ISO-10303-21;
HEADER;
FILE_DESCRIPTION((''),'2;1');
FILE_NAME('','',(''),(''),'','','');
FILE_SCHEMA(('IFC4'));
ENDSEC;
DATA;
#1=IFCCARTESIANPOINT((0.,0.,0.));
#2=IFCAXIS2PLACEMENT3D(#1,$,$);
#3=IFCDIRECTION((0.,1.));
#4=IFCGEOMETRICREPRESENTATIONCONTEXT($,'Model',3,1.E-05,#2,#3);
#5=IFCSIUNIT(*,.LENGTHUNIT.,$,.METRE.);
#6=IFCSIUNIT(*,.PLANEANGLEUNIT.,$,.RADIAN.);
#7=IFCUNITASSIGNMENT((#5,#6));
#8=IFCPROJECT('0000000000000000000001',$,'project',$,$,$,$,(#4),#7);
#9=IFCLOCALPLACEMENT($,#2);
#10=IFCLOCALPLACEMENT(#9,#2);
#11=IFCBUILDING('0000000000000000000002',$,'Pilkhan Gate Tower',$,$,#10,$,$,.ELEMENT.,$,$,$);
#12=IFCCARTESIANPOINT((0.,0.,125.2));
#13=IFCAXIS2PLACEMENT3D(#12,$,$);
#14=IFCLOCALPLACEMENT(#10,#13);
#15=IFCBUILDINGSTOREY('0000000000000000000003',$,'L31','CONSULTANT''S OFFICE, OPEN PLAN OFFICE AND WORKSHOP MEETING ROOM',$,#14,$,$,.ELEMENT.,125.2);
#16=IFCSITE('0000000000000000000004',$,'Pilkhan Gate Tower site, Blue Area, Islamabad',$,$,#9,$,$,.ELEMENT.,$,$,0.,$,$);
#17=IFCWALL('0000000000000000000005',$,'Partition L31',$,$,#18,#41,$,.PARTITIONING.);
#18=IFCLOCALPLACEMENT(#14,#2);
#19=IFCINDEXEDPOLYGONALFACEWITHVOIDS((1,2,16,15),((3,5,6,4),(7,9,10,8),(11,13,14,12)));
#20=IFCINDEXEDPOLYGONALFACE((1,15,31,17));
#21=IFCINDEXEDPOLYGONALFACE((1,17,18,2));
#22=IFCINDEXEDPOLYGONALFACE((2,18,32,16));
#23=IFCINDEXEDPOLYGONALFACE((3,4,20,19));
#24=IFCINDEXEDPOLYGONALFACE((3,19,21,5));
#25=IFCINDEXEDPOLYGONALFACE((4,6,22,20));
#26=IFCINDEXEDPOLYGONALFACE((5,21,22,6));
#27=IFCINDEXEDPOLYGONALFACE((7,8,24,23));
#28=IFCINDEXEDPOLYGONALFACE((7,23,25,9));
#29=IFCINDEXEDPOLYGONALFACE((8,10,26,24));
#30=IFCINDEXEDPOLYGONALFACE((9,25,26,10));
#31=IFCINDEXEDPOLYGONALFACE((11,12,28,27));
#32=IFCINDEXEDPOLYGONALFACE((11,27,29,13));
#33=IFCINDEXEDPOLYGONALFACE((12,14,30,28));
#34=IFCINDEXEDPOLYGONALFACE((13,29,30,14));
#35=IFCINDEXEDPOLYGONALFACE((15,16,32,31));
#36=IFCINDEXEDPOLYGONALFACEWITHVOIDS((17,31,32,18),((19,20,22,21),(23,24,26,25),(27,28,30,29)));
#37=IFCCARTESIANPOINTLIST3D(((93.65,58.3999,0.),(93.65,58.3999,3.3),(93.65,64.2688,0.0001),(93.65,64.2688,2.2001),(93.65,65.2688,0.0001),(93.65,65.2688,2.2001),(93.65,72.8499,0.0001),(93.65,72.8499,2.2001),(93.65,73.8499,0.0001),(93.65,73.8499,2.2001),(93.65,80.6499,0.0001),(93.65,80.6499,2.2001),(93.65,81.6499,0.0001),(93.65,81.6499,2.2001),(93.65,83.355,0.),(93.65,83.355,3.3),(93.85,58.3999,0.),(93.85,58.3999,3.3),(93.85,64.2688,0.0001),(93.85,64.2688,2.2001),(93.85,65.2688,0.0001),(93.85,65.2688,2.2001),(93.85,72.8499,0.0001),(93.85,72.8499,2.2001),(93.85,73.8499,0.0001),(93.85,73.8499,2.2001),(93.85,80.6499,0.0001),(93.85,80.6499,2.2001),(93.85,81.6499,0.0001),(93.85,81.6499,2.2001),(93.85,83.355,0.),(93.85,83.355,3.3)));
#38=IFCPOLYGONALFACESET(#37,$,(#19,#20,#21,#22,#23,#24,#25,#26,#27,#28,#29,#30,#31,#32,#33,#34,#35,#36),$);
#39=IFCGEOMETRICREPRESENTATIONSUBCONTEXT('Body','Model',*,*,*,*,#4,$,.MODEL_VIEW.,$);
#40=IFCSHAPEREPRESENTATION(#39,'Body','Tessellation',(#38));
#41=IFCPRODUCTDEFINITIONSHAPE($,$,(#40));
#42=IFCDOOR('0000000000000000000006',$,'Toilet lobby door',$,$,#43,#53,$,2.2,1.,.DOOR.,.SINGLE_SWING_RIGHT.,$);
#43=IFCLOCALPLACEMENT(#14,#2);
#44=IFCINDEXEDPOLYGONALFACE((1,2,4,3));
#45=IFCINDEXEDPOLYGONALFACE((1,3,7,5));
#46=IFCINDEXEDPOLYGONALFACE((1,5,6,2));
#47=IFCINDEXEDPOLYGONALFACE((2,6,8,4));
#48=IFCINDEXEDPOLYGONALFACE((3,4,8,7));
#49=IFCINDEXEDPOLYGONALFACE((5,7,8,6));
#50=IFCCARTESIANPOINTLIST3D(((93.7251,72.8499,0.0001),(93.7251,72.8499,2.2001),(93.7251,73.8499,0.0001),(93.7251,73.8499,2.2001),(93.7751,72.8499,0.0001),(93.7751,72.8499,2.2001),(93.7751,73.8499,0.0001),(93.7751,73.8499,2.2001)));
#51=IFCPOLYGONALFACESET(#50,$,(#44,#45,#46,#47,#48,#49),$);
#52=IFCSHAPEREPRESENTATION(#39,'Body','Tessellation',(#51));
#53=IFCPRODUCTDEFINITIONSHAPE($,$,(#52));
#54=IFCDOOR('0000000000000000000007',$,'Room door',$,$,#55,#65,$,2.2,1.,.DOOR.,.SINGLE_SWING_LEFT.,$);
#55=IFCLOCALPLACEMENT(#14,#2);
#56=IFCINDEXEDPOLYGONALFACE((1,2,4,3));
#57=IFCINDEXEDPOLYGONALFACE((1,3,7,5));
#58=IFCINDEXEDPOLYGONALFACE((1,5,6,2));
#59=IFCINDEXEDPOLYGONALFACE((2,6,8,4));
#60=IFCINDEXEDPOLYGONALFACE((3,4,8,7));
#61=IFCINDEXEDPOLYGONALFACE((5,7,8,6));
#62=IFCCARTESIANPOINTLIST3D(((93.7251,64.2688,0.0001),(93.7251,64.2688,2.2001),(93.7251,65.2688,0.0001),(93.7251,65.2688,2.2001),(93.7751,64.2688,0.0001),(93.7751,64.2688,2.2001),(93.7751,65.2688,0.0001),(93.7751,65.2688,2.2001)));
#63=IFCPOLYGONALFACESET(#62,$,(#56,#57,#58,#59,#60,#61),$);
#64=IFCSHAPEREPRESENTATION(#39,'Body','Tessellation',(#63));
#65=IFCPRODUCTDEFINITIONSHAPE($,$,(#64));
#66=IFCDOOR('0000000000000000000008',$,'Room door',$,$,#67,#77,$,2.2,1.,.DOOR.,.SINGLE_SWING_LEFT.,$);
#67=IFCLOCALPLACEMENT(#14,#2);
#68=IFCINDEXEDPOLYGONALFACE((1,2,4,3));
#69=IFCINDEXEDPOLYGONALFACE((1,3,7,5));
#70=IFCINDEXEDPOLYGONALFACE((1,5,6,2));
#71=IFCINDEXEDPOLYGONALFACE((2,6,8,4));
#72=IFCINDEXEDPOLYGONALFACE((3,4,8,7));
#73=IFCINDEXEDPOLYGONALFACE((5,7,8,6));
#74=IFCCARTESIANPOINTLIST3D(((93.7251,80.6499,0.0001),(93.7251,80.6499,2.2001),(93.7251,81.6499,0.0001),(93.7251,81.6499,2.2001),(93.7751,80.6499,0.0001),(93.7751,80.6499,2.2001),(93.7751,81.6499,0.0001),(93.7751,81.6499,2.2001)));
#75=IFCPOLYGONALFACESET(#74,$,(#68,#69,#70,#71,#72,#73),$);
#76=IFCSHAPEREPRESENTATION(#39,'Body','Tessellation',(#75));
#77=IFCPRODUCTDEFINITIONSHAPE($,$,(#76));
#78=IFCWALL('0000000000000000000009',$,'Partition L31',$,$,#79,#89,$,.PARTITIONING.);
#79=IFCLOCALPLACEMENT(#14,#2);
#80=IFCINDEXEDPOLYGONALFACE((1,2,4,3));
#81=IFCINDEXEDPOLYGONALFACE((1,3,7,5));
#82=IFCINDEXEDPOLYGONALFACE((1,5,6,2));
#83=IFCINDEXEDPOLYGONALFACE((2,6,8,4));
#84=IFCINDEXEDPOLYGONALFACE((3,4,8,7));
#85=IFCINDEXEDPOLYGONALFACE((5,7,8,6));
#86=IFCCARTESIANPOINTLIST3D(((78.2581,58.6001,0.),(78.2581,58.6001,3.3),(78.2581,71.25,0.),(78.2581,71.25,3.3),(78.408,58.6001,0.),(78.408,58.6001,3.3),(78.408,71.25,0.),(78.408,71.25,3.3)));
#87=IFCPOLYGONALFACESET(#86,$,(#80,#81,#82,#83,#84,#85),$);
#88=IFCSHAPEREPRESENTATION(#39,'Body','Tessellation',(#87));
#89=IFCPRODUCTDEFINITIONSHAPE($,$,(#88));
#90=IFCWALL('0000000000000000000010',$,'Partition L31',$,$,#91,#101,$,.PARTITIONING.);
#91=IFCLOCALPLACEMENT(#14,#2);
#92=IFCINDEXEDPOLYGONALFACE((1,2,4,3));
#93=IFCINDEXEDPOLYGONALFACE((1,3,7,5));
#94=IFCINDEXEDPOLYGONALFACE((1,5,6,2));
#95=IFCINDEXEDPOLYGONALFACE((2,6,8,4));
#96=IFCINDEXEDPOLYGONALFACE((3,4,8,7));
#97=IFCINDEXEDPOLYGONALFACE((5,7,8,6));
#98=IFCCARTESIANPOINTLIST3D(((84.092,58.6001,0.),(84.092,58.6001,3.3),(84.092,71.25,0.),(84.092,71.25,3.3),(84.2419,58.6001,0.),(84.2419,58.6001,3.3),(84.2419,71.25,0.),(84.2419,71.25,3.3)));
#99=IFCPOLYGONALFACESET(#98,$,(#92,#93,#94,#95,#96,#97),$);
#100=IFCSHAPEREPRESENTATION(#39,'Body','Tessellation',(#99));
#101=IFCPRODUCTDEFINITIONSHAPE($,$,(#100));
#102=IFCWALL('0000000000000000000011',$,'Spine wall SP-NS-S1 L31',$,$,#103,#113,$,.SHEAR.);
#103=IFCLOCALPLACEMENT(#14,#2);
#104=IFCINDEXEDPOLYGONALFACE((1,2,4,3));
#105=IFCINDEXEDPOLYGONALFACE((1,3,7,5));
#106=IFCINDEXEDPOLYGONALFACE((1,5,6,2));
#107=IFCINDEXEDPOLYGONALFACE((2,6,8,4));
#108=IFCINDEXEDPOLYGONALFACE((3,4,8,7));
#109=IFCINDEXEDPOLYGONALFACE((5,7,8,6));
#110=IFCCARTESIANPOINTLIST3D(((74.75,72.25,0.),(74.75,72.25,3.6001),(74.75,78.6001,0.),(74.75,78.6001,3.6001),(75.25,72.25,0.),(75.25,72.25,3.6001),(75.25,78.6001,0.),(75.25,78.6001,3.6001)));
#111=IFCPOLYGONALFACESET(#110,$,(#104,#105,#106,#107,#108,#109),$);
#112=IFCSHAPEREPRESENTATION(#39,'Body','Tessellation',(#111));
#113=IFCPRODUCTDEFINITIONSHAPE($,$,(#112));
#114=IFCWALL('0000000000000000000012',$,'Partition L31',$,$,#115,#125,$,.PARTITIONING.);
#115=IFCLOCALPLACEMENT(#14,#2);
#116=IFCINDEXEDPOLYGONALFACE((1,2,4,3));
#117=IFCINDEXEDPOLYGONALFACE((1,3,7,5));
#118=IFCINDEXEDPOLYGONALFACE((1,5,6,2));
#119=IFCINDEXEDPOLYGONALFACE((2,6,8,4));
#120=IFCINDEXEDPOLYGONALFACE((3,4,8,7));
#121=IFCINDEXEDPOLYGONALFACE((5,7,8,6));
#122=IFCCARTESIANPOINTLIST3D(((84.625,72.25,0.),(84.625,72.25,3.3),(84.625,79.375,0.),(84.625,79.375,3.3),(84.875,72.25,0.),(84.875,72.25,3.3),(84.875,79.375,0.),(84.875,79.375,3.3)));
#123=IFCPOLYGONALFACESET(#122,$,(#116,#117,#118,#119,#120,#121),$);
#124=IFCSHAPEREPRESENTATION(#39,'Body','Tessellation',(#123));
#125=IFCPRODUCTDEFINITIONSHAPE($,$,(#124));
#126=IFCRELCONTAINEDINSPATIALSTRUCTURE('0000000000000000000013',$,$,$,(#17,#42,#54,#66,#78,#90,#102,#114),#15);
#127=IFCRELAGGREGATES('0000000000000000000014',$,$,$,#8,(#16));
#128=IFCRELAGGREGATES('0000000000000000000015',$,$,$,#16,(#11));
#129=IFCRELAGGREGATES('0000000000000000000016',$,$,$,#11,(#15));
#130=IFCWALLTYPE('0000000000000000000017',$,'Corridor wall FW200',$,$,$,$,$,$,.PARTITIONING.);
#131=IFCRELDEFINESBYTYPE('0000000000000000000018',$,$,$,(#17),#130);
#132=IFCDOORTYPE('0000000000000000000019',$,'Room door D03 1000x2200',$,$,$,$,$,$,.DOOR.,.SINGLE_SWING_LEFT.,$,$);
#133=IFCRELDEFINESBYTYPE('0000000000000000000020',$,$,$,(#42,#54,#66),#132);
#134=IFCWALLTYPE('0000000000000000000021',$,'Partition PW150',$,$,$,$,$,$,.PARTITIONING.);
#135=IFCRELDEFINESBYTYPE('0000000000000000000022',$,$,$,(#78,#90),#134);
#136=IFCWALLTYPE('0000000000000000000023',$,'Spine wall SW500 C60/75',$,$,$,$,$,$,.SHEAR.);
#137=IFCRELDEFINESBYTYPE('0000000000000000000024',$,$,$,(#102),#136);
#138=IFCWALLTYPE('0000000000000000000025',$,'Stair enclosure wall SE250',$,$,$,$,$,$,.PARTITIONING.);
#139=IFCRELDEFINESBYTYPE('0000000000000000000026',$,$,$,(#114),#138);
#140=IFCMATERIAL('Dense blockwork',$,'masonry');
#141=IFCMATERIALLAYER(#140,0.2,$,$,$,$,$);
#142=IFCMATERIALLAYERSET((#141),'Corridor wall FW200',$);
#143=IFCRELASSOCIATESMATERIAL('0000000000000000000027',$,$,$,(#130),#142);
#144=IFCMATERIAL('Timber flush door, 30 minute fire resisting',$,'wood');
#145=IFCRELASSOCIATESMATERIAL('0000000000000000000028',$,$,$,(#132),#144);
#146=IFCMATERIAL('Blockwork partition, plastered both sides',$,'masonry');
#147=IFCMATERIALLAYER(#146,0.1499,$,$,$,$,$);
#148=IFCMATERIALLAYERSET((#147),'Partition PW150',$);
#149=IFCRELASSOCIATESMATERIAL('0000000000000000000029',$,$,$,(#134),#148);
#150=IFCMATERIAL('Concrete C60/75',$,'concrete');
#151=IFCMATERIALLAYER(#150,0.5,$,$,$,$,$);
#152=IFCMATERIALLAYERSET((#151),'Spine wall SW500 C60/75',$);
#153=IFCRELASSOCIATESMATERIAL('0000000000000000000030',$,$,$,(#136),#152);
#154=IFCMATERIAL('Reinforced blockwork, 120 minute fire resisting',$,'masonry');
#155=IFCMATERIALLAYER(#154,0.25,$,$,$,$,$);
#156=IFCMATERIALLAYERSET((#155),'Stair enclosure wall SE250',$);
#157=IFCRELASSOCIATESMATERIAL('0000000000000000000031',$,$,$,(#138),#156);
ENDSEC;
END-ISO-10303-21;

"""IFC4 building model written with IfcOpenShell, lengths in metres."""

from ifc_helpers import new_model, si_unit, direction, frame, frame_2d, origin, place, context, subcontext, project, spatial, rectangle, extrude, material, layer, layer_set, type_object, element, fill, save


model = new_model("IFC4")

# Units and contexts
model_context = context("Model", 3, precision=1e-05, world=origin(), true_north=direction((0.0, 1.0)))
body_context = subcontext(model_context, "Body", "Model", "MODEL_VIEW")
ifc_project = project(units=[si_unit("LENGTHUNIT", "METRE"), si_unit("PLANEANGLEUNIT", "RADIAN")], contexts=[model_context])

# Site, building, storey
site_placement = place(None, origin())
site = spatial("IfcSite", under=ifc_project, at=site_placement, Name="Pilkhan Gate Tower site, Blue Area, Islamabad", CompositionType="ELEMENT", RefElevation=0.0)
building_placement = place(site_placement, origin())
building = spatial("IfcBuilding", under=site, at=building_placement, Name="Pilkhan Gate Tower", CompositionType="ELEMENT")
storey_placement = place(building_placement, frame((0.0, 0.0, 125.2)))
storey = spatial("IfcBuildingStorey", under=building, at=storey_placement, Name="L31", Description="CONSULTANT'S OFFICE, OPEN PLAN OFFICE AND WORKSHOP MEETING ROOM", CompositionType="ELEMENT", Elevation=125.2)

# Shared definitions
ifc_material_1 = material(Name="Concrete C60/75", Category="concrete")

# Shared definitions
ifc_material_2 = material(Name="Dense blockwork", Category="masonry")
ifc_layer_1 = layer(ifc_material_2, 0.2)
ifc_layer_set_1 = layer_set([ifc_layer_1], Name="Corridor wall FW200")
wall_type_1 = type_object("IfcWallType", Name="Corridor wall FW200", PredefinedType="PARTITIONING", material=ifc_layer_set_1)
ifc_material_3 = material(Name="Timber flush door, 30 minute fire resisting", Category="wood")
door_type_1 = type_object("IfcDoorType", Name="Room door D03 1000x2200", OperationType="SINGLE_SWING_LEFT", PredefinedType="DOOR", material=ifc_material_3)

# Wall, openings, doors
wall_1_placement = place(storey_placement, frame((93.75, 58.3999, 0.0), z_axis=(0.0, 0.0, 1.0), x_axis=(0.0, 1.0, 0.0)))
wall_1 = element("IfcWall", 1, at=wall_1_placement, inside=storey, type_object=wall_type_1, Name="Partition L31", PredefinedType="PARTITIONING", context=body_context, shape_type="SweptSolid", body=[
    extrude(rectangle(XDim=24.9551, YDim=0.2, at=frame_2d((12.4775, 0.0))), origin(), (0.0, 0.0, 1.0), 3.3),
])
opening_1_placement = place(wall_1_placement, frame((14.45, 0.0, 0.0)))
opening_1 = element("IfcOpeningElement", 2, at=opening_1_placement, cuts=wall_1, PredefinedType="OPENING", context=body_context, shape_type="SweptSolid", body=[
    extrude(rectangle(XDim=1.0, YDim=2.2, at=frame_2d((0.5, 1.1001))), frame((0.0, 0.1099, 0.0), z_axis=(0.0, -1.0, 0.0), x_axis=(1.0, 0.0, 0.0)), (0.0, 0.0, 1.0), 0.22),
])
opening_2_placement = place(wall_1_placement, frame((5.8689, 0.0, 0.0)))
opening_2 = element("IfcOpeningElement", 3, at=opening_2_placement, cuts=wall_1, PredefinedType="OPENING", context=body_context, shape_type="SweptSolid", body=[
    extrude(rectangle(XDim=1.0, YDim=2.2, at=frame_2d((0.5, 1.1001))), frame((0.0, 0.1099, 0.0), z_axis=(0.0, -1.0, 0.0), x_axis=(1.0, 0.0, 0.0)), (0.0, 0.0, 1.0), 0.22),
])
opening_3_placement = place(wall_1_placement, frame((22.25, 0.0, 0.0)))
opening_3 = element("IfcOpeningElement", 4, at=opening_3_placement, cuts=wall_1, PredefinedType="OPENING", context=body_context, shape_type="SweptSolid", body=[
    extrude(rectangle(XDim=1.0, YDim=2.2, at=frame_2d((0.5, 1.1001))), frame((0.0, 0.1099, 0.0), z_axis=(0.0, -1.0, 0.0), x_axis=(1.0, 0.0, 0.0)), (0.0, 0.0, 1.0), 0.22),
])
door_1_placement = place(opening_1_placement, origin())
door_1 = element("IfcDoor", 5, at=door_1_placement, inside=storey, type_object=door_type_1, Name="Toilet lobby door", OperationType="SINGLE_SWING_RIGHT", OverallHeight=2.2, OverallWidth=1.0, PredefinedType="DOOR", context=body_context, shape_type="SweptSolid", body=[
    extrude(rectangle(XDim=1.0, YDim=2.2, at=frame_2d((0.5, 1.1001))), frame((0.0, 0.0249, 0.0), z_axis=(0.0, -1.0, 0.0), x_axis=(1.0, 0.0, 0.0)), (0.0, 0.0, 1.0), 0.05),
])
fill(opening_1, door_1)
door_2_placement = place(opening_2_placement, origin())
door_2 = element("IfcDoor", 6, at=door_2_placement, inside=storey, type_object=door_type_1, Name="Room door", OperationType="SINGLE_SWING_LEFT", OverallHeight=2.2, OverallWidth=1.0, PredefinedType="DOOR", context=body_context, shape_type="SweptSolid", body=[
    extrude(rectangle(XDim=1.0, YDim=2.2, at=frame_2d((0.5, 1.1001))), frame((0.0, 0.0249, 0.0), z_axis=(0.0, -1.0, 0.0), x_axis=(1.0, 0.0, 0.0)), (0.0, 0.0, 1.0), 0.05),
])
fill(opening_2, door_2)
door_3_placement = place(opening_3_placement, origin())
door_3 = element("IfcDoor", 7, at=door_3_placement, inside=storey, type_object=door_type_1, Name="Room door", OperationType="SINGLE_SWING_LEFT", OverallHeight=2.2, OverallWidth=1.0, PredefinedType="DOOR", context=body_context, shape_type="SweptSolid", body=[
    extrude(rectangle(XDim=1.0, YDim=2.2, at=frame_2d((0.5, 1.1001))), frame((0.0, 0.0249, 0.0), z_axis=(0.0, -1.0, 0.0), x_axis=(1.0, 0.0, 0.0)), (0.0, 0.0, 1.0), 0.05),
])
fill(opening_3, door_3)

# Walls
ifc_material_4 = material(Name="Blockwork partition, plastered both sides", Category="masonry")
ifc_layer_2 = layer(ifc_material_4, 0.1499)
ifc_layer_set_2 = layer_set([ifc_layer_2], Name="Partition PW150")
wall_type_2 = type_object("IfcWallType", Name="Partition PW150", PredefinedType="PARTITIONING", material=ifc_layer_set_2)
for number, where, z_axis, x_axis, name in (
    (8, (78.333, 58.6001, 0.0), (0.0, 0.0, 1.0), (0.0, 1.0, 0.0), "Partition L31"),
    (9, (84.167, 58.6001, 0.0), (0.0, 0.0, 1.0), (0.0, 1.0, 0.0), "Partition L31"),
):
    element("IfcWall", number, at=place(storey_placement, frame(where, z_axis=z_axis, x_axis=x_axis)), inside=storey, type_object=wall_type_2, Name=name, PredefinedType="PARTITIONING", context=body_context, shape_type="SweptSolid", body=[
        extrude(rectangle(XDim=12.6499, YDim=0.1499, at=frame_2d((6.325, 0.0))), origin(), (0.0, 0.0, 1.0), 3.3),
    ])
ifc_layer_3 = layer(ifc_material_1, 0.5)
ifc_layer_set_3 = layer_set([ifc_layer_3], Name="Spine wall SW500 C60/75")
wall_type_3 = type_object("IfcWallType", Name="Spine wall SW500 C60/75", PredefinedType="SHEAR", material=ifc_layer_set_3)
wall_2_placement = place(storey_placement, frame((75.0, 72.25, 0.0), z_axis=(0.0, 0.0, 1.0), x_axis=(0.0, 1.0, 0.0)))
element("IfcWall", 10, at=wall_2_placement, inside=storey, type_object=wall_type_3, Name="Spine wall SP-NS-S1 L31", PredefinedType="SHEAR", context=body_context, shape_type="SweptSolid", body=[
    extrude(rectangle(XDim=6.3501, YDim=0.5, at=frame_2d((3.175, 0.0))), origin(), (0.0, 0.0, 1.0), 3.6001),
])
ifc_material_5 = material(Name="Reinforced blockwork, 120 minute fire resisting", Category="masonry")
ifc_layer_4 = layer(ifc_material_5, 0.25)
ifc_layer_set_4 = layer_set([ifc_layer_4], Name="Stair enclosure wall SE250")
wall_type_4 = type_object("IfcWallType", Name="Stair enclosure wall SE250", PredefinedType="PARTITIONING", material=ifc_layer_set_4)
wall_3_placement = place(storey_placement, frame((84.75, 72.25, 0.0), z_axis=(0.0, 0.0, 1.0), x_axis=(0.0, 1.0, 0.0)))
element("IfcWall", 11, at=wall_3_placement, inside=storey, type_object=wall_type_4, Name="Partition L31", PredefinedType="PARTITIONING", context=body_context, shape_type="SweptSolid", body=[
    extrude(rectangle(XDim=7.125, YDim=0.25, at=frame_2d((3.5625, 0.0))), origin(), (0.0, 0.0, 1.0), 3.3),
])

save(model, "model.ifc")
